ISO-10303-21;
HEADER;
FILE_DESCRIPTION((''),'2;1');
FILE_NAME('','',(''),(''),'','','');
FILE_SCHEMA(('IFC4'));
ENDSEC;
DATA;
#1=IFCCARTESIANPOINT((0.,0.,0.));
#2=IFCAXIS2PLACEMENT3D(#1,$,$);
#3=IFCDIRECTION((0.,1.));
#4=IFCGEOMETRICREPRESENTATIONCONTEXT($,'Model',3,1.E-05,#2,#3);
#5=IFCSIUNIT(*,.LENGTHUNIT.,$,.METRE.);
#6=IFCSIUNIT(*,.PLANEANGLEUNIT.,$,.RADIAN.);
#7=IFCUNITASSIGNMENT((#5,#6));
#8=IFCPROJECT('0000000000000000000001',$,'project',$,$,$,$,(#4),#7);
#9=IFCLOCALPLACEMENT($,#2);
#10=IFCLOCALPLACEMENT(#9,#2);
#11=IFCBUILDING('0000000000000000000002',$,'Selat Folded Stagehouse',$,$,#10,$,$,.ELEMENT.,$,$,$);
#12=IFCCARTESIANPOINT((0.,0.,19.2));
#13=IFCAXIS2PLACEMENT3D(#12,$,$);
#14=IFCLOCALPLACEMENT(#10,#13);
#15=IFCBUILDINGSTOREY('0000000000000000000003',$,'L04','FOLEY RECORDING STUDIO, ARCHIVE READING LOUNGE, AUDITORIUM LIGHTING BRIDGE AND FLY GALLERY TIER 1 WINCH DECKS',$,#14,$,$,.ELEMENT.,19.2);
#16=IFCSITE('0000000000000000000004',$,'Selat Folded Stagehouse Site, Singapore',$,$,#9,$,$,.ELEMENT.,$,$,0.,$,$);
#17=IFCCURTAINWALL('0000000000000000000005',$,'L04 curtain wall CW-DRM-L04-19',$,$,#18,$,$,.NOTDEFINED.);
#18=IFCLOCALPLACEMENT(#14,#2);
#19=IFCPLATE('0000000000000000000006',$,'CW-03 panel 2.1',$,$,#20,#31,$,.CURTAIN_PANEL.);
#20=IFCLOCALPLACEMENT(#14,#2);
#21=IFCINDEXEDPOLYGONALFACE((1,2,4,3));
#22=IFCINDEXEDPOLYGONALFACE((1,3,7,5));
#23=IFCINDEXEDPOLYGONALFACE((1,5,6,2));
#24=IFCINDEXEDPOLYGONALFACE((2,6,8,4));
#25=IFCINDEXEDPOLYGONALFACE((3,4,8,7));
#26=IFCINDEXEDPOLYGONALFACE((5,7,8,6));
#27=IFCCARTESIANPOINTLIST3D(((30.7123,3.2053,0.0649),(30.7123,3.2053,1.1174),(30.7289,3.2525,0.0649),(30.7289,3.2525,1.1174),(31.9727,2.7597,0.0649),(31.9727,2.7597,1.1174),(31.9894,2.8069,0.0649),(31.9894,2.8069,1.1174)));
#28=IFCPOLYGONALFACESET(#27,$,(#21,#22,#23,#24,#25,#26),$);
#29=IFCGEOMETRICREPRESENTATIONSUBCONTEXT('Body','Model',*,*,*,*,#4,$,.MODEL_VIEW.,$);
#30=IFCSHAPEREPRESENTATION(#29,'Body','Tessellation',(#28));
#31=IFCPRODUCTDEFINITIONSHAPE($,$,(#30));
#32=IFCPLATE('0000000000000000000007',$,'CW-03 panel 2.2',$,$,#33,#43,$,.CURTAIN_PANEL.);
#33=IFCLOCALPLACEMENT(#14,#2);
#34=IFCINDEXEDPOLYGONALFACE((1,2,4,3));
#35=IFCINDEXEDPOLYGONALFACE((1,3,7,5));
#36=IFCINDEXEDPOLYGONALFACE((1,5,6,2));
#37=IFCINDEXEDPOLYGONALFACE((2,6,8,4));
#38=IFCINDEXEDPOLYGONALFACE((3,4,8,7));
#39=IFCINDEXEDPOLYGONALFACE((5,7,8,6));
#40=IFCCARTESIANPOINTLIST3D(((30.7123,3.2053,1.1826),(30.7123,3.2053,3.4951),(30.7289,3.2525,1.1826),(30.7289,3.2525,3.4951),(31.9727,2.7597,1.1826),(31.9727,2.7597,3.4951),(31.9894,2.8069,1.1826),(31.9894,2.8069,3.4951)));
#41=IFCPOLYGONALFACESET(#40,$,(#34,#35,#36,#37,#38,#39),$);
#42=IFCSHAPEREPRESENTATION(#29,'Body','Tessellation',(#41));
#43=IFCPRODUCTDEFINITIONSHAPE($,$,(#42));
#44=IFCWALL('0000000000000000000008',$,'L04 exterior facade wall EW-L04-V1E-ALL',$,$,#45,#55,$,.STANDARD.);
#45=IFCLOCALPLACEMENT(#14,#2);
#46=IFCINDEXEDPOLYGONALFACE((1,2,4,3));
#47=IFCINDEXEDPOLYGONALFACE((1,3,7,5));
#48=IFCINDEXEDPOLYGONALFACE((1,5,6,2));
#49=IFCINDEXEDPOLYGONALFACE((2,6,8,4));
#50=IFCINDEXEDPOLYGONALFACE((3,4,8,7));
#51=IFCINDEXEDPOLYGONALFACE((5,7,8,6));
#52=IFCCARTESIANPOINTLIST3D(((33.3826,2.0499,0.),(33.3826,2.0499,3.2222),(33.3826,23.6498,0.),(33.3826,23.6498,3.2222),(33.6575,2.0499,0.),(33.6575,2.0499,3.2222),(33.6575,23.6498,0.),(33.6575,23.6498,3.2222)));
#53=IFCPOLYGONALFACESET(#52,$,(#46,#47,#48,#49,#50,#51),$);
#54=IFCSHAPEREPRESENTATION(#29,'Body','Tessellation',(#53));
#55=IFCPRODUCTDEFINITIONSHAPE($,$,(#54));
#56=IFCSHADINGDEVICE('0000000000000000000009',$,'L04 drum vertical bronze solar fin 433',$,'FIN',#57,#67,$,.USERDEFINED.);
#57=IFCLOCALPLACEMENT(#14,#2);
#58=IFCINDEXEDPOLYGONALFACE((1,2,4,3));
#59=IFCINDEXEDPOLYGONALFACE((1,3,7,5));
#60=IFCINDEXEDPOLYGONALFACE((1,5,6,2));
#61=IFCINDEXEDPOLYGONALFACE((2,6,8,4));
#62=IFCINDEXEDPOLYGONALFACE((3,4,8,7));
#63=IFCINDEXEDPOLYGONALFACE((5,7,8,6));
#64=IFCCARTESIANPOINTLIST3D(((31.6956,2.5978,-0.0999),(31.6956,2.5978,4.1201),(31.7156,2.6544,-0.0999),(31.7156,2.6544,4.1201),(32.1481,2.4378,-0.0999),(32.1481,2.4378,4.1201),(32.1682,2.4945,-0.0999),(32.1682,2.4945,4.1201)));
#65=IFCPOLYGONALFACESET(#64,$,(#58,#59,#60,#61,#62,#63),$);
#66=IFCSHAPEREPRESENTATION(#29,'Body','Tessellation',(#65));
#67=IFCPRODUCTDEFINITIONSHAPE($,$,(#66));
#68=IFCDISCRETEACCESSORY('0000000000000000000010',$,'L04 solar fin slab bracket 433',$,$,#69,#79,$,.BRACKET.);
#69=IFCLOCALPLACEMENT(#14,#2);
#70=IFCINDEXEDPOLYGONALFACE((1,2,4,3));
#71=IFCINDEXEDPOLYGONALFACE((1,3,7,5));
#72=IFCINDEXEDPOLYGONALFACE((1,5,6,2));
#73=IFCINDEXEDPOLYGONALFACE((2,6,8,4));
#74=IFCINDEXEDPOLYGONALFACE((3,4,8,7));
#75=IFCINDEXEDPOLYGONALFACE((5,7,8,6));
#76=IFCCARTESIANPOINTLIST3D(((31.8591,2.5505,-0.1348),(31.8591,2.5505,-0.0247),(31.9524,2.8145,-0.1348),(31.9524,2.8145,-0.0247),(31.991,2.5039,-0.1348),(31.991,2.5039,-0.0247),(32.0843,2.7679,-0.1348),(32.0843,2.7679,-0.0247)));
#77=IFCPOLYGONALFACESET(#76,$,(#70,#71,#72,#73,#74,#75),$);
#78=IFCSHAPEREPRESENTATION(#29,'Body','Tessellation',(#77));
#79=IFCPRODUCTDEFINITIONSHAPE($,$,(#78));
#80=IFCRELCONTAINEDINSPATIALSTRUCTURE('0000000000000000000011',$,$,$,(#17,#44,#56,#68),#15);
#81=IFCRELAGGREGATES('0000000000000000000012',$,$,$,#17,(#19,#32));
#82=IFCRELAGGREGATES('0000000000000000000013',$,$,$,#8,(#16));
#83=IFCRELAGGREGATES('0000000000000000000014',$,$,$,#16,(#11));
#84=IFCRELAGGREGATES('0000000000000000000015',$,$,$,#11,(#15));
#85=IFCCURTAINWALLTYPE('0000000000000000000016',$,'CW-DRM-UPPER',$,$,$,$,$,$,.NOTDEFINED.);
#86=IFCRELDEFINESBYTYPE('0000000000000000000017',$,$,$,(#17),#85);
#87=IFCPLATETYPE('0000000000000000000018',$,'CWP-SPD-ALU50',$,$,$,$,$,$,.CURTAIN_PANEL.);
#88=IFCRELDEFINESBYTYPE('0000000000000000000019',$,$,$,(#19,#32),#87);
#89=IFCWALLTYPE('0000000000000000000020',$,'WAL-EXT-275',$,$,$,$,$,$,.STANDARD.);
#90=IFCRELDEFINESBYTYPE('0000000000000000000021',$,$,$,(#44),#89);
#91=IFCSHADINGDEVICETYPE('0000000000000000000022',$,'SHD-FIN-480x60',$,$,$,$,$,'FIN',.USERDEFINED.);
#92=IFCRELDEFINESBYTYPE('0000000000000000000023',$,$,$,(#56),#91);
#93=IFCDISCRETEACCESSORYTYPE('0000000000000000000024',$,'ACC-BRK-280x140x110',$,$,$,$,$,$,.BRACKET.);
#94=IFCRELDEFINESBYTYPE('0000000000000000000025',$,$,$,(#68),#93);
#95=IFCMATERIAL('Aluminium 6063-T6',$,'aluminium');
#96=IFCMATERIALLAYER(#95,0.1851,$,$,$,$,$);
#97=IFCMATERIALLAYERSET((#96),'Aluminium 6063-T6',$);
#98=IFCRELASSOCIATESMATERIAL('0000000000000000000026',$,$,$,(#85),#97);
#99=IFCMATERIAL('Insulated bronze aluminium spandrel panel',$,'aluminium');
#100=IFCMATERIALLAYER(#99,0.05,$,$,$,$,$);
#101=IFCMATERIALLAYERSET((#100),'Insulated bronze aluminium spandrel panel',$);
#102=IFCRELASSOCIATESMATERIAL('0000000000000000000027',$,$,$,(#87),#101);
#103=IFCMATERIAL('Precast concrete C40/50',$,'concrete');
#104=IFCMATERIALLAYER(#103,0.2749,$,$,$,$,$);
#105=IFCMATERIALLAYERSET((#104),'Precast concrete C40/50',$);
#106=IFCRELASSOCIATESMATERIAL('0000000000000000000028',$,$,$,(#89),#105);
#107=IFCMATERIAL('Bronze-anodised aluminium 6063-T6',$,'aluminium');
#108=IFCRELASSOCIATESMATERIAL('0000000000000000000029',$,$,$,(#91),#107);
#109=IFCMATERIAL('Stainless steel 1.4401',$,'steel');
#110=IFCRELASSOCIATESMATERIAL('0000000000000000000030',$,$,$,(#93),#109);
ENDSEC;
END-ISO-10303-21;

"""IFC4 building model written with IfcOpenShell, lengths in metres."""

from ifc_helpers import new_model, si_unit, direction, frame, frame_2d, origin, origin_2d, place, context, subcontext, project, spatial, rectangle, extrude, material, layer, layer_set, material_profile, profile_set, type_object, element, aggregate, save


model = new_model("IFC4")

# Units and contexts
model_context = context("Model", 3, precision=1e-05, world=origin(), true_north=direction((0.0, 1.0)))
body_context = subcontext(model_context, "Body", "Model", "MODEL_VIEW")
ifc_project = project(units=[si_unit("LENGTHUNIT", "METRE"), si_unit("PLANEANGLEUNIT", "RADIAN")], contexts=[model_context])

# Site, building, storey
site_placement = place(None, origin())
site = spatial("IfcSite", under=ifc_project, at=site_placement, Name="Selat Folded Stagehouse Site, Singapore", CompositionType="ELEMENT", RefElevation=0.0)
building_placement = place(site_placement, origin())
building = spatial("IfcBuilding", under=site, at=building_placement, Name="Selat Folded Stagehouse", CompositionType="ELEMENT")
storey_placement = place(building_placement, frame((0.0, 0.0, 19.2)))
storey = spatial("IfcBuildingStorey", under=building, at=storey_placement, Name="L04", Description="FOLEY RECORDING STUDIO, ARCHIVE READING LOUNGE, AUDITORIUM LIGHTING BRIDGE AND FLY GALLERY TIER 1 WINCH DECKS", CompositionType="ELEMENT", Elevation=19.2)

# Shared definitions
ifc_material_1 = material(Name="Aluminium 6063-T6", Category="aluminium")
ifc_layer_1 = layer(ifc_material_1, 0.1851)
ifc_layer_set_1 = layer_set([ifc_layer_1], Name="Aluminium 6063-T6")
curtain_wall_type = type_object("IfcCurtainWallType", Name="CW-DRM-UPPER", PredefinedType="NOTDEFINED", material=ifc_layer_set_1)

# Curtain wall
curtain_wall_1_placement = place(storey_placement, origin())
curtain_wall_1 = element("IfcCurtainWall", 1, at=curtain_wall_1_placement, inside=storey, type_object=curtain_wall_type, Name="L04 curtain wall CW-DRM-L04-19", PredefinedType="NOTDEFINED")

# Plates
ifc_material_2 = material(Name="Insulated bronze aluminium spandrel panel", Category="aluminium")
ifc_layer_2 = layer(ifc_material_2, 0.05)
ifc_layer_set_2 = layer_set([ifc_layer_2], Name="Insulated bronze aluminium spandrel panel")
plate_type = type_object("IfcPlateType", Name="CWP-SPD-ALU50", PredefinedType="CURTAIN_PANEL", material=ifc_layer_set_2)
plate_1_placement = place(storey_placement, frame((31.3508, 3.0061, 0.0649), z_axis=(0.0, 0.0, 1.0), x_axis=(-0.942816, 0.333314, 0.0)))
plate_1 = element("IfcPlate", 2, at=plate_1_placement, type_object=plate_type, Name="CW-03 panel 2.1", PredefinedType="CURTAIN_PANEL", context=body_context, shape_type="SweptSolid", body=[
    extrude(rectangle(XDim=1.3369, YDim=0.05, at=origin_2d()), origin(), (0.0, 0.0, 1.0), 1.0525),
])
plate_2_placement = place(storey_placement, frame((31.3508, 3.0061, 1.1826), z_axis=(0.0, 0.0, 1.0), x_axis=(-0.942816, 0.333314, 0.0)))
plate_2 = element("IfcPlate", 3, at=plate_2_placement, type_object=plate_type, Name="CW-03 panel 2.2", PredefinedType="CURTAIN_PANEL", context=body_context, shape_type="SweptSolid", body=[
    extrude(rectangle(XDim=1.3369, YDim=0.05, at=origin_2d()), origin(), (0.0, 0.0, 1.0), 2.3125),
])
aggregate(curtain_wall_1, [plate_1, plate_2])

# Wall
ifc_material_3 = material(Name="Precast concrete C40/50", Category="concrete")
ifc_layer_3 = layer(ifc_material_3, 0.2749)
ifc_layer_set_3 = layer_set([ifc_layer_3], Name="Precast concrete C40/50")
wall_type = type_object("IfcWallType", Name="WAL-EXT-275", PredefinedType="STANDARD", material=ifc_layer_set_3)
wall_placement = place(storey_placement, frame((33.52, 2.05, 0.0), z_axis=(0.0, 0.0, 1.0), x_axis=(0.0, 1.0, 0.0)))
element("IfcWall", 4, at=wall_placement, inside=storey, type_object=wall_type, Name="L04 exterior facade wall EW-L04-V1E-ALL", PredefinedType="STANDARD", context=body_context, shape_type="SweptSolid", body=[
    extrude(rectangle(XDim=21.5999, YDim=0.2749, at=frame_2d((10.7998, 0.0))), origin(), (0.0, 0.0, 1.0), 3.2222),
])

# Shading device
ifc_material_4 = material(Name="Bronze-anodised aluminium 6063-T6", Category="aluminium")
ifc_material_profile_1 = material_profile(ifc_material_4, rectangle(XDim=0.0601, YDim=0.48, at=origin_2d()), Name="SOLAR-FIN 480x60")
ifc_profile_set_1 = profile_set([ifc_material_profile_1], Name="Bronze-anodised aluminium 6063-T6")
shading_device_type = type_object("IfcShadingDeviceType", Name="SHD-FIN-480x60", ElementType="FIN", PredefinedType="USERDEFINED", material=ifc_profile_set_1)
shading_device_placement = place(storey_placement, frame((31.9319, 2.5461, -0.0999), z_axis=(0.0, 0.0, 1.0), x_axis=(-0.333313, -0.942816, 0.0)))
element("IfcShadingDevice", 5, at=shading_device_placement, inside=storey, type_object=shading_device_type, Name="L04 drum vertical bronze solar fin 433", ObjectType="FIN", PredefinedType="USERDEFINED", context=body_context, shape_type="SweptSolid", body=[
    extrude(rectangle(XDim=0.0601, YDim=0.48, at=origin_2d()), origin(), (0.0, 0.0, 1.0), 4.22),
])

# Discrete accessory
ifc_material_5 = material(Name="Stainless steel 1.4401", Category="steel")
discrete_accessory_type = type_object("IfcDiscreteAccessoryType", Name="ACC-BRK-280x140x110", PredefinedType="BRACKET", material=ifc_material_5)
discrete_accessory_placement = place(storey_placement, frame((31.9717, 2.6592, -0.1348), z_axis=(0.0, 0.0, 1.0), x_axis=(-0.333313, -0.942816, 0.0)))
element("IfcDiscreteAccessory", 6, at=discrete_accessory_placement, inside=storey, type_object=discrete_accessory_type, Name="L04 solar fin slab bracket 433", PredefinedType="BRACKET", context=body_context, shape_type="SweptSolid", body=[
    extrude(rectangle(XDim=0.28, YDim=0.1399, at=origin_2d()), origin(), (0.0, 0.0, 1.0), 0.1101),
])

save(model, "model.ifc")
